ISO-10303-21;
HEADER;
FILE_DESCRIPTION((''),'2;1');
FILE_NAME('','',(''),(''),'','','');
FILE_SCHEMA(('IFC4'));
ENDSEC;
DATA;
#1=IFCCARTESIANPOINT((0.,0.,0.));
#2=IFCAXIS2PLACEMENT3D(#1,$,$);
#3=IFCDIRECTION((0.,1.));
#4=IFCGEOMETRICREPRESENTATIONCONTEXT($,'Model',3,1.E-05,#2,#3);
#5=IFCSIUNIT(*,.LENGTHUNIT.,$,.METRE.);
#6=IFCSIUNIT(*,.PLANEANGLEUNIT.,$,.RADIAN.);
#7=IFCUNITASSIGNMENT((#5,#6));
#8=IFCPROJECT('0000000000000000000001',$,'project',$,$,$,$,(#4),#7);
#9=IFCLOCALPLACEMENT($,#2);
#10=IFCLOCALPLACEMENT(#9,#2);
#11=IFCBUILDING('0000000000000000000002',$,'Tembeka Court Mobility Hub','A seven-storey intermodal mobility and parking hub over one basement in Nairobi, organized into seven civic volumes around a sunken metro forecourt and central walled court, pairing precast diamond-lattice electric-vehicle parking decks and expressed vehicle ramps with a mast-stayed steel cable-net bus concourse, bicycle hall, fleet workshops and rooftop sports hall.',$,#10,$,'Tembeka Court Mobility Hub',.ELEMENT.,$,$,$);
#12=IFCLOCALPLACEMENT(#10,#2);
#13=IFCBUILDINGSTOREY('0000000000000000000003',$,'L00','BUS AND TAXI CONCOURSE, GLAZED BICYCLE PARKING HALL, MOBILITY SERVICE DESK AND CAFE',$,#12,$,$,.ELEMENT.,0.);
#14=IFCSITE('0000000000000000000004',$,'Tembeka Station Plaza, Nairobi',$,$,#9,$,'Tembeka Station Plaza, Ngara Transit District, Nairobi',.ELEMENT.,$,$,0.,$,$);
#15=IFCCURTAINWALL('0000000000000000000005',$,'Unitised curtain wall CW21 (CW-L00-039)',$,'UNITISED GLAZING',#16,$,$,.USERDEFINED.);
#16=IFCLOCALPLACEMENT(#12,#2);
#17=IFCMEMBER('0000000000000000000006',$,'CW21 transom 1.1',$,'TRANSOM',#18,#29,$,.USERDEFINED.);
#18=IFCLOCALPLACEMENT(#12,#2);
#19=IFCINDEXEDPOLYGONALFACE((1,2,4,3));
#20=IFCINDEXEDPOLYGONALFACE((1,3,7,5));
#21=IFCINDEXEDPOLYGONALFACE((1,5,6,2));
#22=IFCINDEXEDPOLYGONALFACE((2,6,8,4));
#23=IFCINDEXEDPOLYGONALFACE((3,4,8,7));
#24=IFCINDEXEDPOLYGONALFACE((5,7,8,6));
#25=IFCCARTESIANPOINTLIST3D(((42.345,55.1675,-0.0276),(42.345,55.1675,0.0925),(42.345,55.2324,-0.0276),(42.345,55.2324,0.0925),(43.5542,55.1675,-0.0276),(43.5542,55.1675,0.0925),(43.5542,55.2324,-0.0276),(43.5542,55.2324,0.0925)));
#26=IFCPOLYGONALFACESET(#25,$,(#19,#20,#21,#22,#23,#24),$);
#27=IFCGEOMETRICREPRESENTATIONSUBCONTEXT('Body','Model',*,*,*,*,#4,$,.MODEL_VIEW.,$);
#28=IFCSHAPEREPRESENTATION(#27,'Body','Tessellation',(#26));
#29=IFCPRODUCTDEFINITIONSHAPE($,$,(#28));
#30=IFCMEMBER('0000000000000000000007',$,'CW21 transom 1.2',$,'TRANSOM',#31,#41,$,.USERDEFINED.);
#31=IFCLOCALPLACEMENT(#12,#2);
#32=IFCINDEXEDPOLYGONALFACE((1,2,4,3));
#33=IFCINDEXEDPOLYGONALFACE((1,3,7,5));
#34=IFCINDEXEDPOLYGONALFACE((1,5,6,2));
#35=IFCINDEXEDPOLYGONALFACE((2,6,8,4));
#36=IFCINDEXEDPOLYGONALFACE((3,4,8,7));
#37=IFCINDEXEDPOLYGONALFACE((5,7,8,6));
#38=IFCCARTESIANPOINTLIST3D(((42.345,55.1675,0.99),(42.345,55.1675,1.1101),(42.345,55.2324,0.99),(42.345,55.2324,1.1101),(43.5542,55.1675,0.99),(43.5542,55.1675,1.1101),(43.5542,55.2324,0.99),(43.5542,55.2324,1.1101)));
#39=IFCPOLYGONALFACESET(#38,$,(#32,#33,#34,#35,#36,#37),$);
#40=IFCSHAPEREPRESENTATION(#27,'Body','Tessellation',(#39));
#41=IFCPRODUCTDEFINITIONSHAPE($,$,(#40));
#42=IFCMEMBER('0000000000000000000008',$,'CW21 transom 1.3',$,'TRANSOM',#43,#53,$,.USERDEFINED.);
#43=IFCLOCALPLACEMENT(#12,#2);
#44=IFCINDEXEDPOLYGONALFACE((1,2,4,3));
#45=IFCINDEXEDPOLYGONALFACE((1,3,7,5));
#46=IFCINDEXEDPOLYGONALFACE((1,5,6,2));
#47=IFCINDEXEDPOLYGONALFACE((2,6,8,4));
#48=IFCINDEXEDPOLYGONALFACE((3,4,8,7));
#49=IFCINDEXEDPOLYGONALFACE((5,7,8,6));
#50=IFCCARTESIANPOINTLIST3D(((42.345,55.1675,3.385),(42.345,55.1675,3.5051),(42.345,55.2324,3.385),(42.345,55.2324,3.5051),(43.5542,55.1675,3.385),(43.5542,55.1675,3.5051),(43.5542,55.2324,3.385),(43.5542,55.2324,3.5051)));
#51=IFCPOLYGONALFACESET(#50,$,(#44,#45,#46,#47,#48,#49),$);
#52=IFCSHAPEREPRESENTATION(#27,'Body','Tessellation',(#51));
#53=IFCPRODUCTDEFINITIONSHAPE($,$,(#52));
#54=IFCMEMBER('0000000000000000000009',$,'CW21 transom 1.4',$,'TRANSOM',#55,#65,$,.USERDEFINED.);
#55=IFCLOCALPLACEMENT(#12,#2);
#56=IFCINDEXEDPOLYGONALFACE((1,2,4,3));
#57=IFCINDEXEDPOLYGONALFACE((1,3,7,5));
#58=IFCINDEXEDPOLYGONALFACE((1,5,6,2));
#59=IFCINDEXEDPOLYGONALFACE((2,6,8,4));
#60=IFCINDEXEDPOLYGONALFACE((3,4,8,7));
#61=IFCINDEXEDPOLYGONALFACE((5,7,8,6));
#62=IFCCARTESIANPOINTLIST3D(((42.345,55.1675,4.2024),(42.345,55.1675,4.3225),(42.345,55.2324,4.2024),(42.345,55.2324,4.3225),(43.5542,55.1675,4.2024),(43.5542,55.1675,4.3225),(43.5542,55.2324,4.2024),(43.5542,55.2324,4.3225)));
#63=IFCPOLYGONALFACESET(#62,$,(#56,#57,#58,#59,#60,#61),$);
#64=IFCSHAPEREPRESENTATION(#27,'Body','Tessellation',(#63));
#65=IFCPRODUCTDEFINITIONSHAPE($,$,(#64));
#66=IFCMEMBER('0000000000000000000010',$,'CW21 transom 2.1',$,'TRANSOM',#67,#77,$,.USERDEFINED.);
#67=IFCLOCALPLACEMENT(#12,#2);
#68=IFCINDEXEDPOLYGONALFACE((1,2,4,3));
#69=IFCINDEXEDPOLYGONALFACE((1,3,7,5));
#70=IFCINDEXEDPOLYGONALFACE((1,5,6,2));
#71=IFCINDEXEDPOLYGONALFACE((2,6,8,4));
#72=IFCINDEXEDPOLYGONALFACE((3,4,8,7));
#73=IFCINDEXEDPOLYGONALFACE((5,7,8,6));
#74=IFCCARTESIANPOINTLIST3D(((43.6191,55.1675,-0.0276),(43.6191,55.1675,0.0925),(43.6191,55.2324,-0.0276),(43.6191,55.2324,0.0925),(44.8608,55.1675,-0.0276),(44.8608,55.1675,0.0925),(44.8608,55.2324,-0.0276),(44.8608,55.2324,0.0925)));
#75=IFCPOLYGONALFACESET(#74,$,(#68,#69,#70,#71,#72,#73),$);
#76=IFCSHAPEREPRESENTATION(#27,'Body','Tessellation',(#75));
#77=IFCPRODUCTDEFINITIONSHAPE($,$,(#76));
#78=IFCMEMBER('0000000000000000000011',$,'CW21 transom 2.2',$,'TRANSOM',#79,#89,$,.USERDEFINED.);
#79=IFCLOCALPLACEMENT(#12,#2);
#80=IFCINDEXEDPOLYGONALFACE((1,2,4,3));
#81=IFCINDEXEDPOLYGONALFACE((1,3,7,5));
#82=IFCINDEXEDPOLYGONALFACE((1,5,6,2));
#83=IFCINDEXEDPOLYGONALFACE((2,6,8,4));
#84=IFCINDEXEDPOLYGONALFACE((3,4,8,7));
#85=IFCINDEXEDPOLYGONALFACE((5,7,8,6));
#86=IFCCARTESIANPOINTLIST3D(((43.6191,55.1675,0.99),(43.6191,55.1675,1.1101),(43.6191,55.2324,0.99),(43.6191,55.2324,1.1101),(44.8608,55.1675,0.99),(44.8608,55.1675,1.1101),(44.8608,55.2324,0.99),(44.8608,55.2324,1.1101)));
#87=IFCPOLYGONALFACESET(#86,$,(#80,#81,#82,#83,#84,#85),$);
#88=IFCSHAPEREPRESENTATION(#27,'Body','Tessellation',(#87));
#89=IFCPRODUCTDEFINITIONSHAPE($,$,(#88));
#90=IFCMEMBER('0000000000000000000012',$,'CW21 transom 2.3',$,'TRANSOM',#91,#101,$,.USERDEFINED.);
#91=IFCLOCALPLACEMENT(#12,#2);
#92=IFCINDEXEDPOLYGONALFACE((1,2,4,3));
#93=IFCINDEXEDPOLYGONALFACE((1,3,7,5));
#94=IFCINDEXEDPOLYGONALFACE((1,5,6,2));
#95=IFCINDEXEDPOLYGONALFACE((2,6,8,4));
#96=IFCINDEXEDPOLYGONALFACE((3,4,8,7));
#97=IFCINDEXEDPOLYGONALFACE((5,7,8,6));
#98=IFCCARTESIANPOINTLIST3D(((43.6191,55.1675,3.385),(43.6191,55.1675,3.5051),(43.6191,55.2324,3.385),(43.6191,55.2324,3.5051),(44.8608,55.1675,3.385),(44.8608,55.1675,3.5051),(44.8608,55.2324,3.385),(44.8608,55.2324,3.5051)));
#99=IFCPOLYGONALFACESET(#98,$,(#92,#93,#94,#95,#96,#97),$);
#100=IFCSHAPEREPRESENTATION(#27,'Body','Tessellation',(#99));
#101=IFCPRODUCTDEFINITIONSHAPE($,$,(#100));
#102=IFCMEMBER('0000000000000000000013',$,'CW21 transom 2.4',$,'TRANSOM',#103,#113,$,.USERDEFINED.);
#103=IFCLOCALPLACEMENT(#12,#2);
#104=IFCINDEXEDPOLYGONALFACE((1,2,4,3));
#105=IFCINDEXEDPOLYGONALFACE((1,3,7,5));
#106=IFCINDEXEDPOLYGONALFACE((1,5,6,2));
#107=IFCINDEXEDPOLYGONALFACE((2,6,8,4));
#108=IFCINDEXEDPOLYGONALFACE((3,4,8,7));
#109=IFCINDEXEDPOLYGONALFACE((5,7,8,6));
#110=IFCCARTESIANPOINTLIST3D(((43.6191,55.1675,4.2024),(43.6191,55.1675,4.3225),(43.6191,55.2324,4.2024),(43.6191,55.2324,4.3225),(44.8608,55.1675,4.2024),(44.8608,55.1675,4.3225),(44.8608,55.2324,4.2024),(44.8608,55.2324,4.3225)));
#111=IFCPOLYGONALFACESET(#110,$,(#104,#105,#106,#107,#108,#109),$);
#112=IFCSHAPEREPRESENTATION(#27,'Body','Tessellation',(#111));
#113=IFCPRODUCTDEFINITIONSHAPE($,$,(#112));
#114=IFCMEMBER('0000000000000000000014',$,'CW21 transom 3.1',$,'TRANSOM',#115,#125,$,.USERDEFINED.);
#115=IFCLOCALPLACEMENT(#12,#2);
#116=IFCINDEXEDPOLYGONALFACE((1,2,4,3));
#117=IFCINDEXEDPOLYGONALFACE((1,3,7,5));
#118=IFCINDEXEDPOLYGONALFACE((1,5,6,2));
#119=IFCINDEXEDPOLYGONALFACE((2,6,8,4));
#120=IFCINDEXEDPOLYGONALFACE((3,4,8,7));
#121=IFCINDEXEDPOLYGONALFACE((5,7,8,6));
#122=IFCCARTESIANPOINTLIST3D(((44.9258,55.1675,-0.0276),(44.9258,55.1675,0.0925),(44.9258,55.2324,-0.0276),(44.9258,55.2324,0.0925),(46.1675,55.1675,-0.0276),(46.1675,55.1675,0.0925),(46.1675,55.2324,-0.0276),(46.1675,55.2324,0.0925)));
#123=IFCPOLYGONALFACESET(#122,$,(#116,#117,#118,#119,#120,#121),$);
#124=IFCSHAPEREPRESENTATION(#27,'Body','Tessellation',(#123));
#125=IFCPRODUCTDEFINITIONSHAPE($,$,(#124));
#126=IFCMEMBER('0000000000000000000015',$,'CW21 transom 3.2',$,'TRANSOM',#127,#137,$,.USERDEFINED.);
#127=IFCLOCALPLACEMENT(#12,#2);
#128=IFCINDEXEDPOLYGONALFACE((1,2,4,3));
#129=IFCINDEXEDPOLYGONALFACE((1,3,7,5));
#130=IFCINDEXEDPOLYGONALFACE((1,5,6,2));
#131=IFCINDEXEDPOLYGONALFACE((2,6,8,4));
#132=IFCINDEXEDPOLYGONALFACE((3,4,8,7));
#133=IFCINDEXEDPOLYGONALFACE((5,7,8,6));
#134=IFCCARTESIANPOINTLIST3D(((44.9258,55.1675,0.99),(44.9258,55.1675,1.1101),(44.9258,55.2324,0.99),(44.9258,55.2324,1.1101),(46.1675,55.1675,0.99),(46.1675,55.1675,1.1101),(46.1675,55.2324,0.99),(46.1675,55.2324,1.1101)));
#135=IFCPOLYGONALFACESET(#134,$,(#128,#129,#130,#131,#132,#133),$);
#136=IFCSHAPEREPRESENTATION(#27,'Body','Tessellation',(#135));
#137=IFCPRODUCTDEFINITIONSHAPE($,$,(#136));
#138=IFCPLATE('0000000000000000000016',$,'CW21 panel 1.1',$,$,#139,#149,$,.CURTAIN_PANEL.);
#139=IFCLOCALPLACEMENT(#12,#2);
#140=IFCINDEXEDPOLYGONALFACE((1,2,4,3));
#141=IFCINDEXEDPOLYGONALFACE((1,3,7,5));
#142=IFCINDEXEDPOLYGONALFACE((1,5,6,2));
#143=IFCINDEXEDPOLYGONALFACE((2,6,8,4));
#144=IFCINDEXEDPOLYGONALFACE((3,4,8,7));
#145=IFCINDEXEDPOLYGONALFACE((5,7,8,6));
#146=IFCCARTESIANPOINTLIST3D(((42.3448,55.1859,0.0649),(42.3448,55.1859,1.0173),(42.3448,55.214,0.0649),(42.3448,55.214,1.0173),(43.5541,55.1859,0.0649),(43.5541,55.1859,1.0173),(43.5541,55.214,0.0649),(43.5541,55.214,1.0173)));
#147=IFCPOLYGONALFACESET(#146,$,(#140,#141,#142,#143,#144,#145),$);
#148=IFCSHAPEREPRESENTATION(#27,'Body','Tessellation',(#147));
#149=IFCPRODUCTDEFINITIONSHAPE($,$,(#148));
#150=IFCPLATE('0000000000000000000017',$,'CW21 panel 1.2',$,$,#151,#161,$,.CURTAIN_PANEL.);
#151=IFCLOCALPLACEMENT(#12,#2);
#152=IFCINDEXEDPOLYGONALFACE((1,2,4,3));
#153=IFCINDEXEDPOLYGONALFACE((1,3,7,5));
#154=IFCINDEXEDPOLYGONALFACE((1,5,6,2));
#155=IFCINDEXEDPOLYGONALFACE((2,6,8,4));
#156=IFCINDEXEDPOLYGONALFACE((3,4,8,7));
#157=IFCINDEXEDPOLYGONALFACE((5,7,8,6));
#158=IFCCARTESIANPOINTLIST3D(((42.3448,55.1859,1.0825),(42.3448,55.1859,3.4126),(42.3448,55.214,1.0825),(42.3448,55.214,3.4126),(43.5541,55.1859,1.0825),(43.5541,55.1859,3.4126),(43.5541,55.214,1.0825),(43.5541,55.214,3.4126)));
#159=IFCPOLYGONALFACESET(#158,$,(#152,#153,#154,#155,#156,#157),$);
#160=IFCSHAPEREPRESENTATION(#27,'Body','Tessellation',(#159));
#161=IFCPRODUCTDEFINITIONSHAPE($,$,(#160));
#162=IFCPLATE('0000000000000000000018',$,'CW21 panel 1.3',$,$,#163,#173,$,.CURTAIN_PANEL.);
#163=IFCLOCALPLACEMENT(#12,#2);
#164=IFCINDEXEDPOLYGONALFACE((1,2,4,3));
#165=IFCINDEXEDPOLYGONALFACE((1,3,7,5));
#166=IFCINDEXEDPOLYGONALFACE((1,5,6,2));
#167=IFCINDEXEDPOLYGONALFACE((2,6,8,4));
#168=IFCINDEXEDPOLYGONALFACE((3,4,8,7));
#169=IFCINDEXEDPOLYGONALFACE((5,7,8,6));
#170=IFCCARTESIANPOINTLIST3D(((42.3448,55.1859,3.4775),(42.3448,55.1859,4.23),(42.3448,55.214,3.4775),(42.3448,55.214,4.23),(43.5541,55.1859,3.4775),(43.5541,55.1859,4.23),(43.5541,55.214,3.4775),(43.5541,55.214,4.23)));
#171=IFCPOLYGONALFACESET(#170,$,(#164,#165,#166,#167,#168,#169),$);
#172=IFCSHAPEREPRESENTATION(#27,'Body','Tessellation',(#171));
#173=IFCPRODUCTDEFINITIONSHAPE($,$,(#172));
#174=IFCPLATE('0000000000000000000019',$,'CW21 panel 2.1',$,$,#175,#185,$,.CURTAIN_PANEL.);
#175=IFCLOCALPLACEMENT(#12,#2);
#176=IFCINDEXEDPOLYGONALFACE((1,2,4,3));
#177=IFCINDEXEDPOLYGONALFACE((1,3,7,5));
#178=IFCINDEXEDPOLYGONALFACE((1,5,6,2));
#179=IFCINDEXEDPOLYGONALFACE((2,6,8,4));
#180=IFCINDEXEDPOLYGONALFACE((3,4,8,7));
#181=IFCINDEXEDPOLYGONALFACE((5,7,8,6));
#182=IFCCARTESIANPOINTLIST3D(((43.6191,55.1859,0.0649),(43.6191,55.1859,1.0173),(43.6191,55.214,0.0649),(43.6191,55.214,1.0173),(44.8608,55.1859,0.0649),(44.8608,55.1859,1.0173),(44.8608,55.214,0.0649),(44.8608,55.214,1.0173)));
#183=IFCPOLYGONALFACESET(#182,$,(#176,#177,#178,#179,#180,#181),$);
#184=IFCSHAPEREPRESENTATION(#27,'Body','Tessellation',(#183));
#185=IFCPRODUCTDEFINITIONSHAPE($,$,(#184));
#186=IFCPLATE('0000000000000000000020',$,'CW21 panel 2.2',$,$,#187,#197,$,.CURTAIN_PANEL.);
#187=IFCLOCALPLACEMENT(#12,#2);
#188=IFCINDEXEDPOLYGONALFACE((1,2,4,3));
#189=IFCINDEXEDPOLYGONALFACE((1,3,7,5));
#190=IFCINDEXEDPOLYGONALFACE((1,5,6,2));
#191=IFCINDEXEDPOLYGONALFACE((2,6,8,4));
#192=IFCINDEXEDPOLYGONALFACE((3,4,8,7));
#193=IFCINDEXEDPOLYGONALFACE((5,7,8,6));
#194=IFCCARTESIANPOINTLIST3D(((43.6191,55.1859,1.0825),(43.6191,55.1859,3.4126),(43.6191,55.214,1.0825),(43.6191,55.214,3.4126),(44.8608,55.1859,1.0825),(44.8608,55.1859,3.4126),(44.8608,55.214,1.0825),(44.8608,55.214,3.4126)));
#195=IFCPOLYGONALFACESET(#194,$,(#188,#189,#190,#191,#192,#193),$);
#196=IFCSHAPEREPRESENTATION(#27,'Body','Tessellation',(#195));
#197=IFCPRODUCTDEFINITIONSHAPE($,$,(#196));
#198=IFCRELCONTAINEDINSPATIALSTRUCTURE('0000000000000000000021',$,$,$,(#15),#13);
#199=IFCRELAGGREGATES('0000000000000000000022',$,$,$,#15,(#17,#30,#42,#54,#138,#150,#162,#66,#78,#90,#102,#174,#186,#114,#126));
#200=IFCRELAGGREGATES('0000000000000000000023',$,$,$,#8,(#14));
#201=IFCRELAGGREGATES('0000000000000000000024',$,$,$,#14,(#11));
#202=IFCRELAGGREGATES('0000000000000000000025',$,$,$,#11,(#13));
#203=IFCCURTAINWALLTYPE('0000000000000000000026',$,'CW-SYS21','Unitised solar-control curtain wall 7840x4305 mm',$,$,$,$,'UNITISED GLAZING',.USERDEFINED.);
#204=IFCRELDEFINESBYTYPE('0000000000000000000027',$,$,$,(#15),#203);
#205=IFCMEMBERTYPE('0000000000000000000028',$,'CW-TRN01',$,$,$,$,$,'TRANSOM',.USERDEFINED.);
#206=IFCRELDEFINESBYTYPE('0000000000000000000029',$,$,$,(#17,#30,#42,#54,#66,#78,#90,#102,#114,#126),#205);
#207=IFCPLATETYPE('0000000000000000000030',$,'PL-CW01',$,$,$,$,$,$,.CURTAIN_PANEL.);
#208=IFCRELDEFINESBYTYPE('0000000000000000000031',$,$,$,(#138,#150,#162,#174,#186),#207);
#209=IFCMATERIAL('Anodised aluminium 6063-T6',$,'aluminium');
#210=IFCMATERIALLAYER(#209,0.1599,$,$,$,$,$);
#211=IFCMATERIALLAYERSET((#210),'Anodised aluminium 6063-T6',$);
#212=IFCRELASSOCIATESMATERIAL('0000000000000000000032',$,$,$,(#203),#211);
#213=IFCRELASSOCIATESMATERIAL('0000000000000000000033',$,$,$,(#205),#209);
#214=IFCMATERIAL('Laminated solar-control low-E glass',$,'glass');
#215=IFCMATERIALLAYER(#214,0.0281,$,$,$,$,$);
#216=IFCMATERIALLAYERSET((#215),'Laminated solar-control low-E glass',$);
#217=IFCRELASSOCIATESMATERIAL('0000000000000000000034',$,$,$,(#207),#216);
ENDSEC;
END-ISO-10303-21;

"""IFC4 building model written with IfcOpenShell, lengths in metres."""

from ifc_helpers import new_model, si_unit, direction, frame, origin, origin_2d, place, context, subcontext, project, spatial, rectangle, extrude, material, layer, layer_set, material_profile, profile_set, type_object, element, aggregate, save


model = new_model("IFC4")

# Units and contexts
model_context = context("Model", 3, precision=1e-05, world=origin(), true_north=direction((0.0, 1.0)))
body_context = subcontext(model_context, "Body", "Model", "MODEL_VIEW")
ifc_project = project(units=[si_unit("LENGTHUNIT", "METRE"), si_unit("PLANEANGLEUNIT", "RADIAN")], contexts=[model_context])

# Site, building, storey
site_placement = place(None, origin())
site = spatial("IfcSite", under=ifc_project, at=site_placement, Name="Tembeka Station Plaza, Nairobi", LongName="Tembeka Station Plaza, Ngara Transit District, Nairobi", CompositionType="ELEMENT", RefElevation=0.0)
building_placement = place(site_placement, origin())
building = spatial("IfcBuilding", under=site, at=building_placement, Name="Tembeka Court Mobility Hub", Description="A seven-storey intermodal mobility and parking hub over one basement in Nairobi, organized into seven civic volumes around a sunken metro forecourt and central walled court, pairing precast diamond-lattice electric-vehicle parking decks and expressed vehicle ramps with a mast-stayed steel cable-net bus concourse, bicycle hall, fleet workshops and rooftop sports hall.", LongName="Tembeka Court Mobility Hub", CompositionType="ELEMENT")
storey_placement = place(building_placement, origin())
storey = spatial("IfcBuildingStorey", under=building, at=storey_placement, Name="L00", Description="BUS AND TAXI CONCOURSE, GLAZED BICYCLE PARKING HALL, MOBILITY SERVICE DESK AND CAFE", CompositionType="ELEMENT", Elevation=0.0)

# Curtain wall, members, plates
ifc_material_1 = material(Name="Anodised aluminium 6063-T6", Category="aluminium")
ifc_layer_1 = layer(ifc_material_1, 0.1599)
ifc_layer_set_1 = layer_set([ifc_layer_1], Name="Anodised aluminium 6063-T6")
curtain_wall_type = type_object("IfcCurtainWallType", Name="CW-SYS21", Description="Unitised solar-control curtain wall 7840x4305 mm", ElementType="UNITISED GLAZING", PredefinedType="USERDEFINED", material=ifc_layer_set_1)
curtain_wall_placement = place(storey_placement, origin())
curtain_wall = element("IfcCurtainWall", 1, at=curtain_wall_placement, inside=storey, type_object=curtain_wall_type, Name="Unitised curtain wall CW21 (CW-L00-039)", ObjectType="UNITISED GLAZING", PredefinedType="USERDEFINED")
ifc_material_profile_1 = material_profile(ifc_material_1, rectangle(XDim=0.0649, YDim=0.1201, at=origin_2d()), Name="ALU-TRN 65x120")
ifc_profile_set_1 = profile_set([ifc_material_profile_1], Name="Anodised aluminium 6063-T6")
member_type_1 = type_object("IfcMemberType", Name="CW-TRN01", ElementType="TRANSOM", PredefinedType="USERDEFINED", material=ifc_profile_set_1)
member_1_placement = place(storey_placement, frame((42.345, 55.2, 0.0325), z_axis=(1.0, 0.0, 0.0), x_axis=(0.0, 1.0, 0.0)))
member_1 = element("IfcMember", 2, at=member_1_placement, type_object=member_type_1, Name="CW21 transom 1.1", ObjectType="TRANSOM", PredefinedType="USERDEFINED", context=body_context, shape_type="SweptSolid", body=[
    extrude(rectangle(XDim=0.0649, YDim=0.1201, at=origin_2d()), origin(), (0.0, 0.0, 1.0), 1.2092),
])
member_2_placement = place(storey_placement, frame((42.345, 55.2, 1.05), z_axis=(1.0, 0.0, 0.0), x_axis=(0.0, 1.0, 0.0)))
member_2 = element("IfcMember", 3, at=member_2_placement, type_object=member_type_1, Name="CW21 transom 1.2", ObjectType="TRANSOM", PredefinedType="USERDEFINED", context=body_context, shape_type="SweptSolid", body=[
    extrude(rectangle(XDim=0.0649, YDim=0.1201, at=origin_2d()), origin(), (0.0, 0.0, 1.0), 1.2092),
])
member_3_placement = place(storey_placement, frame((42.345, 55.2, 3.4451), z_axis=(1.0, 0.0, 0.0), x_axis=(0.0, 1.0, 0.0)))
member_3 = element("IfcMember", 4, at=member_3_placement, type_object=member_type_1, Name="CW21 transom 1.3", ObjectType="TRANSOM", PredefinedType="USERDEFINED", context=body_context, shape_type="SweptSolid", body=[
    extrude(rectangle(XDim=0.0649, YDim=0.1201, at=origin_2d()), origin(), (0.0, 0.0, 1.0), 1.2092),
])
member_4_placement = place(storey_placement, frame((42.345, 55.2, 4.2625), z_axis=(1.0, 0.0, 0.0), x_axis=(0.0, 1.0, 0.0)))
member_4 = element("IfcMember", 5, at=member_4_placement, type_object=member_type_1, Name="CW21 transom 1.4", ObjectType="TRANSOM", PredefinedType="USERDEFINED", context=body_context, shape_type="SweptSolid", body=[
    extrude(rectangle(XDim=0.0649, YDim=0.1201, at=origin_2d()), origin(), (0.0, 0.0, 1.0), 1.2092),
])
member_5_placement = place(storey_placement, frame((43.6191, 55.2, 0.0325), z_axis=(1.0, 0.0, 0.0), x_axis=(0.0, 1.0, 0.0)))
member_5 = element("IfcMember", 6, at=member_5_placement, type_object=member_type_1, Name="CW21 transom 2.1", ObjectType="TRANSOM", PredefinedType="USERDEFINED", context=body_context, shape_type="SweptSolid", body=[
    extrude(rectangle(XDim=0.0649, YDim=0.1201, at=origin_2d()), origin(), (0.0, 0.0, 1.0), 1.2417),
])
member_6_placement = place(storey_placement, frame((43.6191, 55.2, 1.05), z_axis=(1.0, 0.0, 0.0), x_axis=(0.0, 1.0, 0.0)))
member_6 = element("IfcMember", 7, at=member_6_placement, type_object=member_type_1, Name="CW21 transom 2.2", ObjectType="TRANSOM", PredefinedType="USERDEFINED", context=body_context, shape_type="SweptSolid", body=[
    extrude(rectangle(XDim=0.0649, YDim=0.1201, at=origin_2d()), origin(), (0.0, 0.0, 1.0), 1.2417),
])
member_7_placement = place(storey_placement, frame((43.6191, 55.2, 3.4451), z_axis=(1.0, 0.0, 0.0), x_axis=(0.0, 1.0, 0.0)))
member_7 = element("IfcMember", 8, at=member_7_placement, type_object=member_type_1, Name="CW21 transom 2.3", ObjectType="TRANSOM", PredefinedType="USERDEFINED", context=body_context, shape_type="SweptSolid", body=[
    extrude(rectangle(XDim=0.0649, YDim=0.1201, at=origin_2d()), origin(), (0.0, 0.0, 1.0), 1.2417),
])
member_8_placement = place(storey_placement, frame((43.6191, 55.2, 4.2625), z_axis=(1.0, 0.0, 0.0), x_axis=(0.0, 1.0, 0.0)))
member_8 = element("IfcMember", 9, at=member_8_placement, type_object=member_type_1, Name="CW21 transom 2.4", ObjectType="TRANSOM", PredefinedType="USERDEFINED", context=body_context, shape_type="SweptSolid", body=[
    extrude(rectangle(XDim=0.0649, YDim=0.1201, at=origin_2d()), origin(), (0.0, 0.0, 1.0), 1.2417),
])
member_9_placement = place(storey_placement, frame((44.9258, 55.2, 0.0325), z_axis=(1.0, 0.0, 0.0), x_axis=(0.0, 1.0, 0.0)))
member_9 = element("IfcMember", 10, at=member_9_placement, type_object=member_type_1, Name="CW21 transom 3.1", ObjectType="TRANSOM", PredefinedType="USERDEFINED", context=body_context, shape_type="SweptSolid", body=[
    extrude(rectangle(XDim=0.0649, YDim=0.1201, at=origin_2d()), origin(), (0.0, 0.0, 1.0), 1.2417),
])
member_10_placement = place(storey_placement, frame((44.9258, 55.2, 1.05), z_axis=(1.0, 0.0, 0.0), x_axis=(0.0, 1.0, 0.0)))
member_10 = element("IfcMember", 11, at=member_10_placement, type_object=member_type_1, Name="CW21 transom 3.2", ObjectType="TRANSOM", PredefinedType="USERDEFINED", context=body_context, shape_type="SweptSolid", body=[
    extrude(rectangle(XDim=0.0649, YDim=0.1201, at=origin_2d()), origin(), (0.0, 0.0, 1.0), 1.2417),
])
ifc_material_2 = material(Name="Laminated solar-control low-E glass", Category="glass")
ifc_layer_2 = layer(ifc_material_2, 0.0281)
ifc_layer_set_2 = layer_set([ifc_layer_2], Name="Laminated solar-control low-E glass")
plate_type = type_object("IfcPlateType", Name="PL-CW01", PredefinedType="CURTAIN_PANEL", material=ifc_layer_set_2)
plate_1_placement = place(storey_placement, frame((42.9495, 55.2, 0.0649), z_axis=(0.0, 0.0, 1.0), x_axis=(1.0, 0.0, 0.0)))
plate_1 = element("IfcPlate", 12, at=plate_1_placement, type_object=plate_type, Name="CW21 panel 1.1", PredefinedType="CURTAIN_PANEL", context=body_context, shape_type="SweptSolid", body=[
    extrude(rectangle(XDim=1.2092, YDim=0.0281, at=origin_2d()), origin(), (0.0, 0.0, 1.0), 0.9524),
])
plate_2_placement = place(storey_placement, frame((42.9495, 55.2, 1.0825), z_axis=(0.0, 0.0, 1.0), x_axis=(1.0, 0.0, 0.0)))
plate_2 = element("IfcPlate", 13, at=plate_2_placement, type_object=plate_type, Name="CW21 panel 1.2", PredefinedType="CURTAIN_PANEL", context=body_context, shape_type="SweptSolid", body=[
    extrude(rectangle(XDim=1.2092, YDim=0.0281, at=origin_2d()), origin(), (0.0, 0.0, 1.0), 2.3301),
])
plate_3_placement = place(storey_placement, frame((42.9495, 55.2, 3.4775), z_axis=(0.0, 0.0, 1.0), x_axis=(1.0, 0.0, 0.0)))
plate_3 = element("IfcPlate", 14, at=plate_3_placement, type_object=plate_type, Name="CW21 panel 1.3", PredefinedType="CURTAIN_PANEL", context=body_context, shape_type="SweptSolid", body=[
    extrude(rectangle(XDim=1.2092, YDim=0.0281, at=origin_2d()), origin(), (0.0, 0.0, 1.0), 0.7524),
])
plate_4_placement = place(storey_placement, frame((44.24, 55.2, 0.0649), z_axis=(0.0, 0.0, 1.0), x_axis=(1.0, 0.0, 0.0)))
plate_4 = element("IfcPlate", 15, at=plate_4_placement, type_object=plate_type, Name="CW21 panel 2.1", PredefinedType="CURTAIN_PANEL", context=body_context, shape_type="SweptSolid", body=[
    extrude(rectangle(XDim=1.2417, YDim=0.0281, at=origin_2d()), origin(), (0.0, 0.0, 1.0), 0.9524),
])
plate_5_placement = place(storey_placement, frame((44.24, 55.2, 1.0825), z_axis=(0.0, 0.0, 1.0), x_axis=(1.0, 0.0, 0.0)))
plate_5 = element("IfcPlate", 16, at=plate_5_placement, type_object=plate_type, Name="CW21 panel 2.2", PredefinedType="CURTAIN_PANEL", context=body_context, shape_type="SweptSolid", body=[
    extrude(rectangle(XDim=1.2417, YDim=0.0281, at=origin_2d()), origin(), (0.0, 0.0, 1.0), 2.3301),
])
aggregate(curtain_wall, [member_1, member_2, member_3, member_4, plate_1, plate_2, plate_3, member_5, member_6, member_7, member_8, plate_4, plate_5, member_9, member_10])

save(model, "model.ifc")
